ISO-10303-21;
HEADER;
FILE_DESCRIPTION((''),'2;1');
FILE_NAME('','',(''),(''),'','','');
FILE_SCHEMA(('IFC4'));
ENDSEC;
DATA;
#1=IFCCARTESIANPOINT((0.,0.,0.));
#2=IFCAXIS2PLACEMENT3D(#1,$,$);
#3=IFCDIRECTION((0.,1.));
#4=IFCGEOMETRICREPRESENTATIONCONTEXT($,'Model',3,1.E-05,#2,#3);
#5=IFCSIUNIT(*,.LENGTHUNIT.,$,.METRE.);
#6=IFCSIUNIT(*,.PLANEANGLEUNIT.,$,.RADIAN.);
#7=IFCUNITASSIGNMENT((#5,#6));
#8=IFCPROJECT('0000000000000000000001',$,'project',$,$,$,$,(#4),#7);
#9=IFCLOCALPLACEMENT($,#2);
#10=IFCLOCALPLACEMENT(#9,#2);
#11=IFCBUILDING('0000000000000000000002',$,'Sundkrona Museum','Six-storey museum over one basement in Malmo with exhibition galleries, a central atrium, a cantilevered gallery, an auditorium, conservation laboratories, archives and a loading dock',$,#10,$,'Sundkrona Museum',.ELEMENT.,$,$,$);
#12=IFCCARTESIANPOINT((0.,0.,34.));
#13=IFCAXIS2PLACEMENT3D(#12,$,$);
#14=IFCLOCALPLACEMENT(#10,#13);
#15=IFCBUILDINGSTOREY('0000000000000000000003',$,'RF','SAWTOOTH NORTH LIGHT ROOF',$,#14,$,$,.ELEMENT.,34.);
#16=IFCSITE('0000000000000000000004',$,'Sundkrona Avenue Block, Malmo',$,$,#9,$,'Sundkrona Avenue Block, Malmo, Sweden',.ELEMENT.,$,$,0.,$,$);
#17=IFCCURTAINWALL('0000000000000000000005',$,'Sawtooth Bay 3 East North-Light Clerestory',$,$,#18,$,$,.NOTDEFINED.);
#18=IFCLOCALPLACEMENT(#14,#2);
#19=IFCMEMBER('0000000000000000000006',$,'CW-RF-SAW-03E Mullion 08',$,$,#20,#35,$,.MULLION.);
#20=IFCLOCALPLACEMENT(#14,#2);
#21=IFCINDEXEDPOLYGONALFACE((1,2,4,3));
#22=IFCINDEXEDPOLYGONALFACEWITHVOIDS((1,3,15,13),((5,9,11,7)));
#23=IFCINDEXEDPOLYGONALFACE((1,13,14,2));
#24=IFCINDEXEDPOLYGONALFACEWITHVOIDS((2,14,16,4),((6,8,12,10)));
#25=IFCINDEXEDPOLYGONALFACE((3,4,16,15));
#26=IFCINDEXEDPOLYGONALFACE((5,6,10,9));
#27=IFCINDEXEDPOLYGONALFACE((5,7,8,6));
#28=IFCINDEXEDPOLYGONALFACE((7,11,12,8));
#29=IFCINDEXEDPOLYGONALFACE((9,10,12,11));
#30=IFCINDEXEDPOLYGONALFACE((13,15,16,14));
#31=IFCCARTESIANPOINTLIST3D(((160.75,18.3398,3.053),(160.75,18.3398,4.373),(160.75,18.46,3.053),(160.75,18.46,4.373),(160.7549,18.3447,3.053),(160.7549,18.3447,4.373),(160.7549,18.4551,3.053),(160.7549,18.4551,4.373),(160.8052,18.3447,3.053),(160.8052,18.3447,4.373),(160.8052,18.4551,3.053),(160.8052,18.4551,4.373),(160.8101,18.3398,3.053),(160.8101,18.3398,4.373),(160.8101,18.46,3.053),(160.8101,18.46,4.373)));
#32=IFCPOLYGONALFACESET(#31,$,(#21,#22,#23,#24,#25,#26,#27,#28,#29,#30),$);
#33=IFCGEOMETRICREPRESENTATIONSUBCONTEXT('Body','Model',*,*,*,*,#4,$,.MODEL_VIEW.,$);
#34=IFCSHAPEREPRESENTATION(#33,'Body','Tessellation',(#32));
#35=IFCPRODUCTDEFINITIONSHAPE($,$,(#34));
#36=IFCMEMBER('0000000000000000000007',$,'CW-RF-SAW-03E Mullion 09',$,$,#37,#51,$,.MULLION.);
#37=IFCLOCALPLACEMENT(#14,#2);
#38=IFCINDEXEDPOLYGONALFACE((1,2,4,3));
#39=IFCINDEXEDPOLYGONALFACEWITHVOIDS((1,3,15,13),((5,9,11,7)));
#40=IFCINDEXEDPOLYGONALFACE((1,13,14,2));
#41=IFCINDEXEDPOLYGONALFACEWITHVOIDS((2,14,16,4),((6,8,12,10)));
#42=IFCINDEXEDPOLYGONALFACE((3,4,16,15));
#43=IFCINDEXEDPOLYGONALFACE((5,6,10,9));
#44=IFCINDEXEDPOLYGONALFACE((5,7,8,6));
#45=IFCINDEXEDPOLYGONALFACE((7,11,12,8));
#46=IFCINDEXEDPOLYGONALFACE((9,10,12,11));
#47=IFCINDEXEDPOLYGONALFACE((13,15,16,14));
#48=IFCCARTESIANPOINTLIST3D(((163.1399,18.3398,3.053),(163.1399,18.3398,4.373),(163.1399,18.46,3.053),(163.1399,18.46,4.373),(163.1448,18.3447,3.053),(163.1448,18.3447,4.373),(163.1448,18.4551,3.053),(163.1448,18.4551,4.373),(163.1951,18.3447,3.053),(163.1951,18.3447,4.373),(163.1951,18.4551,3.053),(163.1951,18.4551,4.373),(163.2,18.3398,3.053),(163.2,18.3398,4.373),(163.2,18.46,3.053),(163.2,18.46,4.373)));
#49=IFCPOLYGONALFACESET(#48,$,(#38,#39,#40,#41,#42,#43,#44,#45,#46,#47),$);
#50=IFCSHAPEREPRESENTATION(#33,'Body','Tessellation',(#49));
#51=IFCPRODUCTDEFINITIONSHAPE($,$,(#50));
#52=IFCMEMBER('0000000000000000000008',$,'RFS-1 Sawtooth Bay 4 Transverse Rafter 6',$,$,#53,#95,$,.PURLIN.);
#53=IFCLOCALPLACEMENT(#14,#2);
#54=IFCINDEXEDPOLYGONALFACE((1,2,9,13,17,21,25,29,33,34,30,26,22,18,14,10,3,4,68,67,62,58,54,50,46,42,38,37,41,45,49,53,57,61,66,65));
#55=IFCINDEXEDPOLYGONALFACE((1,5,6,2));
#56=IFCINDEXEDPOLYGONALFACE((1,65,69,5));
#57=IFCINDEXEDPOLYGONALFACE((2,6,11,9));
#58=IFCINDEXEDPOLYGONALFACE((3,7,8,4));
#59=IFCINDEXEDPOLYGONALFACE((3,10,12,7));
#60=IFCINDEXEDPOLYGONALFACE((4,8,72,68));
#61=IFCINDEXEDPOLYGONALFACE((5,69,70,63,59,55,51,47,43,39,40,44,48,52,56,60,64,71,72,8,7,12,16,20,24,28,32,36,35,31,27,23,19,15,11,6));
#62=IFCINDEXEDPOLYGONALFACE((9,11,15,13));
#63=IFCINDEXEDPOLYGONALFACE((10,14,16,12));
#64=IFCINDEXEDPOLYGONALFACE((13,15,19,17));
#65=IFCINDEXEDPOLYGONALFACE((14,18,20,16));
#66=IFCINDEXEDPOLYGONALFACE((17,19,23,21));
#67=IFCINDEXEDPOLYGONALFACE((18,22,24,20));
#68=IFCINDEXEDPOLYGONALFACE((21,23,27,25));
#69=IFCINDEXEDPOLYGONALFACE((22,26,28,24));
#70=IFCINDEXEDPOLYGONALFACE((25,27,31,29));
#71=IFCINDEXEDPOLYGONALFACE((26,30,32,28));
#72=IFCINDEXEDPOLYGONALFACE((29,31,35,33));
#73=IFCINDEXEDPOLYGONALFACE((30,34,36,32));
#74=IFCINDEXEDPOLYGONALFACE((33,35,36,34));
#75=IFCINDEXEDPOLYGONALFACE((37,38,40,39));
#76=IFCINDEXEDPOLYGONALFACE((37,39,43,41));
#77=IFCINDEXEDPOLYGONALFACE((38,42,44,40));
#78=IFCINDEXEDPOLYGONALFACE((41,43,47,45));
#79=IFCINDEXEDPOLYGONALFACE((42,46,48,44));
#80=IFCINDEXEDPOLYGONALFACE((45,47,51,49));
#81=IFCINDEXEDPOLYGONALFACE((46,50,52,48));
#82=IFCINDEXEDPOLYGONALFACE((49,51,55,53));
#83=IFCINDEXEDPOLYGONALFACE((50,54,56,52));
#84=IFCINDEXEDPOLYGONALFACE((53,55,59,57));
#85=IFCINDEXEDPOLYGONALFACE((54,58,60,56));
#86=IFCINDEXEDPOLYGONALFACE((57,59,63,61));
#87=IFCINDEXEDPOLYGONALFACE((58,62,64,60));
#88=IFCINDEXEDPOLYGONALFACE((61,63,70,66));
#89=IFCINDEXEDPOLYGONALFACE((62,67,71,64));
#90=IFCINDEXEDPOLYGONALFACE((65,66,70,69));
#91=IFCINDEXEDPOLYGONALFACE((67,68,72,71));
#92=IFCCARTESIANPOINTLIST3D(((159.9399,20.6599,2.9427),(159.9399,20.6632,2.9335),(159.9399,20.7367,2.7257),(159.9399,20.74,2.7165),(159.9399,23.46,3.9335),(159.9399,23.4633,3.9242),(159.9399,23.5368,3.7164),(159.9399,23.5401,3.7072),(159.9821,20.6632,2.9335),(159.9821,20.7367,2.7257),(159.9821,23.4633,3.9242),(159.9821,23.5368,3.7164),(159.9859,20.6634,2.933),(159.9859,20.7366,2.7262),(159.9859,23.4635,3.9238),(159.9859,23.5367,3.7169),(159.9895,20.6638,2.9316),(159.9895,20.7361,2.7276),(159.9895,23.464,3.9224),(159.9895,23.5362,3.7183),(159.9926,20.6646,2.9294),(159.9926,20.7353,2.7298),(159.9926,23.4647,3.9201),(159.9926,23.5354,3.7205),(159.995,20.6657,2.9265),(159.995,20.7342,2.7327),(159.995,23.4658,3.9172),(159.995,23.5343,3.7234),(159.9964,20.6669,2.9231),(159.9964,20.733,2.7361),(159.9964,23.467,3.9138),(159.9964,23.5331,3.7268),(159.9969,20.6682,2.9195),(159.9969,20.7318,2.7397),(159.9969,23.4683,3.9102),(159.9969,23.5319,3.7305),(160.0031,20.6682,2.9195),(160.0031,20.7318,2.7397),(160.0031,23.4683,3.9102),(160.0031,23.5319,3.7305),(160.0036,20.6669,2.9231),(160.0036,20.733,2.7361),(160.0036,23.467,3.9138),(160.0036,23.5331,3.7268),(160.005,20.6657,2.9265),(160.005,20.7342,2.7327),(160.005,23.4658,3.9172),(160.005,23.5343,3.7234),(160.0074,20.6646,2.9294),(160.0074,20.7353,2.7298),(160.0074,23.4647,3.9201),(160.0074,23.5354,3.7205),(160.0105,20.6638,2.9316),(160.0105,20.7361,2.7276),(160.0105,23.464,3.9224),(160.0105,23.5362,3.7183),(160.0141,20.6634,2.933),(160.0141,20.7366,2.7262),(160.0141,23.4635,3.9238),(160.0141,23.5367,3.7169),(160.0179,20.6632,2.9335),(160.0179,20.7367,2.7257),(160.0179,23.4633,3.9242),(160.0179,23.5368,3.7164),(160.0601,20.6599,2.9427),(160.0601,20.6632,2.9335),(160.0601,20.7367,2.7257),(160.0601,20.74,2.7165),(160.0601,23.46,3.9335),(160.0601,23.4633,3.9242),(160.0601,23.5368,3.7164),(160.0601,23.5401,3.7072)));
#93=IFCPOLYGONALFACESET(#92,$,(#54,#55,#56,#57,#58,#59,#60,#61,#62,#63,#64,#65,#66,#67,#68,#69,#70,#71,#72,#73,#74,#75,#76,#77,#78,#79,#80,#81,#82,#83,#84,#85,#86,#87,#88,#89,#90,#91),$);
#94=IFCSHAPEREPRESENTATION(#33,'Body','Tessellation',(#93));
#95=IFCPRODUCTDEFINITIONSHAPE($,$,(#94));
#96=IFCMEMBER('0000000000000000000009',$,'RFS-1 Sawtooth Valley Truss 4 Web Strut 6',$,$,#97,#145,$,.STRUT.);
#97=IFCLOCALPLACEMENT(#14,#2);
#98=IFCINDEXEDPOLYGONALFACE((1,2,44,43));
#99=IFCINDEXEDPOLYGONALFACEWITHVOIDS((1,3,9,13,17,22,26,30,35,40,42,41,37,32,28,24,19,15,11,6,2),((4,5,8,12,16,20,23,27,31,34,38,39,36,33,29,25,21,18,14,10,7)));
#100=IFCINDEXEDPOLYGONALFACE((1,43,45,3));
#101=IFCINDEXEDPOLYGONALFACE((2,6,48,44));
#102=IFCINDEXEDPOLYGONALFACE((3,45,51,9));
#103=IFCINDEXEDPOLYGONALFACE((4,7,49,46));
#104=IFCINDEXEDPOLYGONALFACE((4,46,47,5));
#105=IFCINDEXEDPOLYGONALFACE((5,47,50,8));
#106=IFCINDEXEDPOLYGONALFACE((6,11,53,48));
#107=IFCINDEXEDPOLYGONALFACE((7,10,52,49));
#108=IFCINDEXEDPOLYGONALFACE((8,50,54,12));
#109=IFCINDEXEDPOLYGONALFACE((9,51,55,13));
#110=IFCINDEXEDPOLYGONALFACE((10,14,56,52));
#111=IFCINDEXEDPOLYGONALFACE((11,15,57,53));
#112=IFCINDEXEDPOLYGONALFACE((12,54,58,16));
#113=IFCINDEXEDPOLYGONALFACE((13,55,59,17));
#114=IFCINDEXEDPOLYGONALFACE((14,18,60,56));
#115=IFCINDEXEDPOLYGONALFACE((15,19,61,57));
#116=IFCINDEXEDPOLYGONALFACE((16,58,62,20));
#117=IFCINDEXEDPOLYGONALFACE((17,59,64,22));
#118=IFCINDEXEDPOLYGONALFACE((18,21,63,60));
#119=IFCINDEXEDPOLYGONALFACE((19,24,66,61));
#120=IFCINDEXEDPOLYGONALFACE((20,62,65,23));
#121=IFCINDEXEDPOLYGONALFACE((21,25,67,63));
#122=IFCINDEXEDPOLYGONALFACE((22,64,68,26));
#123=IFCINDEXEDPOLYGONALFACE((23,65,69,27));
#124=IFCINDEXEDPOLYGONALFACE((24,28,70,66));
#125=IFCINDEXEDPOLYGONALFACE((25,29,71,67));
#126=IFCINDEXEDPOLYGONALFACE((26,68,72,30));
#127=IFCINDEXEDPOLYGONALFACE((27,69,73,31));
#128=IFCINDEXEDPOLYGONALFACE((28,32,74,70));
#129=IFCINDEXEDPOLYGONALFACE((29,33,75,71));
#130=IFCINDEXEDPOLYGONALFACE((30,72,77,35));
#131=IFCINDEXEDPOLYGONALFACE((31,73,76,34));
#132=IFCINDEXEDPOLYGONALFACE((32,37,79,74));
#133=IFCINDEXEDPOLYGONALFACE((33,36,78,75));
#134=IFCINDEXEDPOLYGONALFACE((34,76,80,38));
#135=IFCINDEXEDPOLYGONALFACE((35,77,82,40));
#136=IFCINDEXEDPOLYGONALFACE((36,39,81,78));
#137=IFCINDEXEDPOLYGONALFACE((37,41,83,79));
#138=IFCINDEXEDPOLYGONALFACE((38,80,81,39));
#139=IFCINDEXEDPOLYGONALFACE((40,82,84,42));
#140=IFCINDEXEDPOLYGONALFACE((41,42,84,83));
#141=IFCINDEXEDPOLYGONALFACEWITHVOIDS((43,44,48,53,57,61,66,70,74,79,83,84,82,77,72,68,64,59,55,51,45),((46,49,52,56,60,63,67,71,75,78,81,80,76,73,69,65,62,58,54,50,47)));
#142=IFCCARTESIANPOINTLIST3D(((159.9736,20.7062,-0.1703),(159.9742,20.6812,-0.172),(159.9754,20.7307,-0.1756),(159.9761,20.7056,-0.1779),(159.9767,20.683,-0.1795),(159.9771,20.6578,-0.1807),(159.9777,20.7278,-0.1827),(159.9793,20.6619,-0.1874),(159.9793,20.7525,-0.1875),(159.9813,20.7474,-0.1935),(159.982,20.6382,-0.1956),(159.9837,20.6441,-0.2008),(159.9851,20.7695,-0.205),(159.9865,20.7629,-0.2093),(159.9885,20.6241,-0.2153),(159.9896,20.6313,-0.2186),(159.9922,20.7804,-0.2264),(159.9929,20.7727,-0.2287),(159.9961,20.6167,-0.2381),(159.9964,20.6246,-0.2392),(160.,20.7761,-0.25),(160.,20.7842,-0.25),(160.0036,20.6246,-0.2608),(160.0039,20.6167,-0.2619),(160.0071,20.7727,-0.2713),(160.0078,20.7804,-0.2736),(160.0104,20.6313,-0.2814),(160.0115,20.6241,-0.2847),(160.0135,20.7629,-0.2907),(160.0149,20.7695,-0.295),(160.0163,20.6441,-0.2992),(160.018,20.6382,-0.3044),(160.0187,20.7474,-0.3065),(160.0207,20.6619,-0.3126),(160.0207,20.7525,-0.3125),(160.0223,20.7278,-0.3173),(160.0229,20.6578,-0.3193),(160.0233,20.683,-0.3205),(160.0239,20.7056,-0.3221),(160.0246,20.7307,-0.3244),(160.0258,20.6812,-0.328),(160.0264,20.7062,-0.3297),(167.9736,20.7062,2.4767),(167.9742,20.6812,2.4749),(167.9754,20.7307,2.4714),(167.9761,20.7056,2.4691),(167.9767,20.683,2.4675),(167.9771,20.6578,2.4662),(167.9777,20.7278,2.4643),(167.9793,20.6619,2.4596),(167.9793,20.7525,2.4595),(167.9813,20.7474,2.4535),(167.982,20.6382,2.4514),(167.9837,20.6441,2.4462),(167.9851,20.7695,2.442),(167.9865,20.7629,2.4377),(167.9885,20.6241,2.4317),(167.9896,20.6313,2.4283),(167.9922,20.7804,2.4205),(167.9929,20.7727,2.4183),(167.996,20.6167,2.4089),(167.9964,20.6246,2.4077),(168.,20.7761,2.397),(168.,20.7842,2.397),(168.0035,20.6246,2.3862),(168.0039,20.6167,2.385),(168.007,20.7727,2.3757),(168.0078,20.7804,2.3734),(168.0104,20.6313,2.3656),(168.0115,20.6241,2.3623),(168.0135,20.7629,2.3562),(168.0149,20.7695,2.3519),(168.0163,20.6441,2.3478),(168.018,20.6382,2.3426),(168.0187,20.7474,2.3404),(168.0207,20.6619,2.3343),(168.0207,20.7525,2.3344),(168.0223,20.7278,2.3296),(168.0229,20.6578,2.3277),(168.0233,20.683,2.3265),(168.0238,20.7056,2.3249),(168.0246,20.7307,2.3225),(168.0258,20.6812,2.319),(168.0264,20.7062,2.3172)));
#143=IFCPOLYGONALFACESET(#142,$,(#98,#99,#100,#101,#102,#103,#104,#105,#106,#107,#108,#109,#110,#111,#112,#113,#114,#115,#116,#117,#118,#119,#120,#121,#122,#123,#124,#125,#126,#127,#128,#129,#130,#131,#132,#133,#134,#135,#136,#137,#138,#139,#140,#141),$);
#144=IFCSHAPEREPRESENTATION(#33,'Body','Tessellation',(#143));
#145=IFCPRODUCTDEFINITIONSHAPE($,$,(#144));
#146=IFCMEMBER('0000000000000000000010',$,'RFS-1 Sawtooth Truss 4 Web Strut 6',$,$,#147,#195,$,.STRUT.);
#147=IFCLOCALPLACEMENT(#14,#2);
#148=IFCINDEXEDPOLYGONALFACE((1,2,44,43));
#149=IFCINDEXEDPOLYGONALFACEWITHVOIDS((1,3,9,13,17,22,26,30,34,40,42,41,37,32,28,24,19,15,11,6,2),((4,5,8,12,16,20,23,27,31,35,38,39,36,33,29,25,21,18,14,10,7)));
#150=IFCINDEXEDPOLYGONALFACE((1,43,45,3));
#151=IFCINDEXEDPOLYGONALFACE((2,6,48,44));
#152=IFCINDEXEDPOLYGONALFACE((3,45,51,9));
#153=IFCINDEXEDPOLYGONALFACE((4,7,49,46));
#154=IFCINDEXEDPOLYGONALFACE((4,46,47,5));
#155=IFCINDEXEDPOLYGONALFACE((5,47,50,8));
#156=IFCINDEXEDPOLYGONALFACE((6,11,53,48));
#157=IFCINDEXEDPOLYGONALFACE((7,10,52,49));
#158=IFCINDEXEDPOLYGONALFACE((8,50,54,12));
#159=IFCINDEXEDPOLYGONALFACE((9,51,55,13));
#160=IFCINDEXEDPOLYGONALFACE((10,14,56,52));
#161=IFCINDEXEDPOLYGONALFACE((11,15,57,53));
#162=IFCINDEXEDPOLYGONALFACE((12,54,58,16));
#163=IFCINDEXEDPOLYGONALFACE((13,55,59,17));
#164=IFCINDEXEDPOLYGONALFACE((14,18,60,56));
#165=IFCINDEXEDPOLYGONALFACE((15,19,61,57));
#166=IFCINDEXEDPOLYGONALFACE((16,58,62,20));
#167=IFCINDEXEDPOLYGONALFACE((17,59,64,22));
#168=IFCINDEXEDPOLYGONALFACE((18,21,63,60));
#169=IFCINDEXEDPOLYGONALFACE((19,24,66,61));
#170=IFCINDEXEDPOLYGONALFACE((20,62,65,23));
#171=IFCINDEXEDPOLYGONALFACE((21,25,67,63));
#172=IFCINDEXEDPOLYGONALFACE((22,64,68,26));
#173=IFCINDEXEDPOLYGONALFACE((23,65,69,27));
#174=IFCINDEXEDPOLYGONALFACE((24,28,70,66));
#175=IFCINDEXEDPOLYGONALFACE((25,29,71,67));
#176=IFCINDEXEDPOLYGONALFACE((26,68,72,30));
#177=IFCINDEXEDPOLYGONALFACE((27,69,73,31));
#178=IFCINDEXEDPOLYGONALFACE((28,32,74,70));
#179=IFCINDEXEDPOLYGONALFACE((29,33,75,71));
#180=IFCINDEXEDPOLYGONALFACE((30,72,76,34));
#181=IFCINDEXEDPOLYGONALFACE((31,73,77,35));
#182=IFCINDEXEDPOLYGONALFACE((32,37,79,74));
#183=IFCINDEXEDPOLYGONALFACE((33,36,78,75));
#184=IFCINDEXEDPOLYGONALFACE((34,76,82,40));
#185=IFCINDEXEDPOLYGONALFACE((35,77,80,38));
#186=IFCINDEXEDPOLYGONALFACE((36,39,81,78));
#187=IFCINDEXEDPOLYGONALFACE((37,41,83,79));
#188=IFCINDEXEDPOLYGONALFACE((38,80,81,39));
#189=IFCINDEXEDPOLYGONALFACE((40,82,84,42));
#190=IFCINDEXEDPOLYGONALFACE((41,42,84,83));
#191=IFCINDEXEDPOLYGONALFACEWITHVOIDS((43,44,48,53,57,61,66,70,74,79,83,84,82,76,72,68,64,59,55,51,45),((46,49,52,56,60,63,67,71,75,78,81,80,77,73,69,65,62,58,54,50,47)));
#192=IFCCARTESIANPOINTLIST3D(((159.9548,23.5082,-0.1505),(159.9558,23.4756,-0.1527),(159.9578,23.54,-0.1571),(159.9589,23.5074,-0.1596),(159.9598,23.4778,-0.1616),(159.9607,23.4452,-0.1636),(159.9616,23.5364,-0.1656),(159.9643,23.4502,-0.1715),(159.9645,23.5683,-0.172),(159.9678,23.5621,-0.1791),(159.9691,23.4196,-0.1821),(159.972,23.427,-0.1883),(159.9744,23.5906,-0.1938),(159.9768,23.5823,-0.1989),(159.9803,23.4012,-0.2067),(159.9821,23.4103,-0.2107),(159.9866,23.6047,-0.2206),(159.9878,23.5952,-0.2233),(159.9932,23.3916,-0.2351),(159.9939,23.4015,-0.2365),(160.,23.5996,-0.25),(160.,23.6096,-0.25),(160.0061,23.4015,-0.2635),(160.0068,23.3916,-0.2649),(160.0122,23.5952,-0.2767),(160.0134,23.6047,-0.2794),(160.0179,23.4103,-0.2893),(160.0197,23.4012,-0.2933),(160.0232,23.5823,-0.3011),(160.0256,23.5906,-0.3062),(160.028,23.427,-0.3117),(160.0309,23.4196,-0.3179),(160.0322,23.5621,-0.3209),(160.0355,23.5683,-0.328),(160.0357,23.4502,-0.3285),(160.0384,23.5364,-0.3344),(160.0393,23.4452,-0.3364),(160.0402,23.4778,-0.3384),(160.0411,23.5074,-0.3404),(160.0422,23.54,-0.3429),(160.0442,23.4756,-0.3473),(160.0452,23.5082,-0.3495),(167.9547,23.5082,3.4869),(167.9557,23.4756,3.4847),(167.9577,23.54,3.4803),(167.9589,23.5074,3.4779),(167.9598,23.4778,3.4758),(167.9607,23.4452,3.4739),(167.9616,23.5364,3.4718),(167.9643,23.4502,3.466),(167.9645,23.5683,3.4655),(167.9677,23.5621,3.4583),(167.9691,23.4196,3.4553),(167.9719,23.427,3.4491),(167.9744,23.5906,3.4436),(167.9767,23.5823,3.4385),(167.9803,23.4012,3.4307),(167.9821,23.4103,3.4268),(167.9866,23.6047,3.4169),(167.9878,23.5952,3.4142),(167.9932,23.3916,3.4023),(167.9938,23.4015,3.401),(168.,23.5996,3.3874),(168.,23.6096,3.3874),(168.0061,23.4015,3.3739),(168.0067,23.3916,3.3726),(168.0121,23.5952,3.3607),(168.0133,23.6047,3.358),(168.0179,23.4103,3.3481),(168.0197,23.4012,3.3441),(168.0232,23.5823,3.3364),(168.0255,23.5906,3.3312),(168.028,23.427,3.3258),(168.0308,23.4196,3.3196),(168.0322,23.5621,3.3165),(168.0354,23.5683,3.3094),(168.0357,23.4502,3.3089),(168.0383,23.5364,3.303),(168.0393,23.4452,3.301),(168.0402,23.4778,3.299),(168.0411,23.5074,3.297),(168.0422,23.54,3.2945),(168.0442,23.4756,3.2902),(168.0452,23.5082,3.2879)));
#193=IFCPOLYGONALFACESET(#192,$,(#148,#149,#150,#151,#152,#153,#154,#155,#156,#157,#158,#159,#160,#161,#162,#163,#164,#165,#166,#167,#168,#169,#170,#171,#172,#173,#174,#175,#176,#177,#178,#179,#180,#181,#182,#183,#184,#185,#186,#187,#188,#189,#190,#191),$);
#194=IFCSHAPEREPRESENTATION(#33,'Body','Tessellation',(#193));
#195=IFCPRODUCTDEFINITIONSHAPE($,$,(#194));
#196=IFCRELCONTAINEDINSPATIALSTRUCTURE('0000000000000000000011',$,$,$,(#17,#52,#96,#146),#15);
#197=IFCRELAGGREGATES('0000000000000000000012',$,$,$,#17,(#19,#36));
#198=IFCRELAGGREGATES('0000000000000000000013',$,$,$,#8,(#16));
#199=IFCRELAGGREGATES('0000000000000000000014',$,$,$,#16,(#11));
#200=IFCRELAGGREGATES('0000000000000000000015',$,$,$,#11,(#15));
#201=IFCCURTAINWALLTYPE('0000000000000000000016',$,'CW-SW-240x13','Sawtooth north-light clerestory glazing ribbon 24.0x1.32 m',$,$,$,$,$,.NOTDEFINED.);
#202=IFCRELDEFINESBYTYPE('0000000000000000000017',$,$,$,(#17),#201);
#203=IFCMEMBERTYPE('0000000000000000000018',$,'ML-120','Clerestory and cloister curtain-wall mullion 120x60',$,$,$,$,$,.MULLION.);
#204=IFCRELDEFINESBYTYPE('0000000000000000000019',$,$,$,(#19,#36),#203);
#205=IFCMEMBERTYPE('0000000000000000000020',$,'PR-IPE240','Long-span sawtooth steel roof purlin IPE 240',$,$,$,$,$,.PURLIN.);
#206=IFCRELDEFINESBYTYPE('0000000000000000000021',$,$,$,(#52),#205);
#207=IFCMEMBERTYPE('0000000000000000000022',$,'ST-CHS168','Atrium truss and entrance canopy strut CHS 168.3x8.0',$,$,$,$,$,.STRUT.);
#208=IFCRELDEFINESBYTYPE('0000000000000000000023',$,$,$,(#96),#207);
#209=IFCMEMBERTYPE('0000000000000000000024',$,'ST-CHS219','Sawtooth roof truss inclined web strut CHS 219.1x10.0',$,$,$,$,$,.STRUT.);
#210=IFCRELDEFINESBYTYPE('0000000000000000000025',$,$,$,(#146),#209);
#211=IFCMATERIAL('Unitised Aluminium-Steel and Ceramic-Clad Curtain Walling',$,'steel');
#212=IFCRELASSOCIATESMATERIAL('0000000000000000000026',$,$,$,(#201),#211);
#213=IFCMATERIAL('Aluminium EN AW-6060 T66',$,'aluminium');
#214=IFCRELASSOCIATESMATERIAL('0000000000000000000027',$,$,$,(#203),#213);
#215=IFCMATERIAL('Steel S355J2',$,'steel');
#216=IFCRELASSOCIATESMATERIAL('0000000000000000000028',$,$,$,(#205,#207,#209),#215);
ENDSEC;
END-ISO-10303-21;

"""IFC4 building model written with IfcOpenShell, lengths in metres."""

from ifc_helpers import new_model, si_unit, direction, frame, origin, origin_2d, place, context, subcontext, project, spatial, hollow_rectangle, hollow_circle, i_section, extrude, material, material_profile, profile_set, type_object, element, aggregate, save


model = new_model("IFC4")

# Units and contexts
model_context = context("Model", 3, precision=1e-05, world=origin(), true_north=direction((0.0, 1.0)))
body_context = subcontext(model_context, "Body", "Model", "MODEL_VIEW")
ifc_project = project(units=[si_unit("LENGTHUNIT", "METRE"), si_unit("PLANEANGLEUNIT", "RADIAN")], contexts=[model_context])

# Site, building, storey
site_placement = place(None, origin())
site = spatial("IfcSite", under=ifc_project, at=site_placement, Name="Sundkrona Avenue Block, Malmo", LongName="Sundkrona Avenue Block, Malmo, Sweden", CompositionType="ELEMENT", RefElevation=0.0)
building_placement = place(site_placement, origin())
building = spatial("IfcBuilding", under=site, at=building_placement, Name="Sundkrona Museum", Description="Six-storey museum over one basement in Malmo with exhibition galleries, a central atrium, a cantilevered gallery, an auditorium, conservation laboratories, archives and a loading dock", LongName="Sundkrona Museum", CompositionType="ELEMENT")
storey_placement = place(building_placement, frame((0.0, 0.0, 34.0)))
storey = spatial("IfcBuildingStorey", under=building, at=storey_placement, Name="RF", Description="SAWTOOTH NORTH LIGHT ROOF", CompositionType="ELEMENT", Elevation=34.0)

# Curtain wall, members
ifc_material_1 = material(Name="Unitised Aluminium-Steel and Ceramic-Clad Curtain Walling", Category="steel")
curtain_wall_type = type_object("IfcCurtainWallType", Name="CW-SW-240x13", Description="Sawtooth north-light clerestory glazing ribbon 24.0x1.32 m", PredefinedType="NOTDEFINED", material=ifc_material_1)
curtain_wall_placement = place(storey_placement, origin())
curtain_wall = element("IfcCurtainWall", 1, at=curtain_wall_placement, inside=storey, type_object=curtain_wall_type, Name="Sawtooth Bay 3 East North-Light Clerestory", PredefinedType="NOTDEFINED")
ifc_material_2 = material(Name="Aluminium EN AW-6060 T66", Category="aluminium")
ifc_material_profile_1 = material_profile(ifc_material_2, hollow_rectangle(XDim=0.0601, YDim=0.1201, WallThickness=0.0049, at=origin_2d()), Name="RHS 120x60x5.0")
ifc_profile_set_1 = profile_set([ifc_material_profile_1], Name="Aluminium EN AW-6060 T66")
member_type_1 = type_object("IfcMemberType", Name="ML-120", Description="Clerestory and cloister curtain-wall mullion 120x60", PredefinedType="MULLION", material=ifc_profile_set_1)
member_1_placement = place(storey_placement, frame((160.78, 18.3999, 3.053), z_axis=(0.0, 0.0, 1.0), x_axis=(1.0, 0.0, 0.0)))
member_1 = element("IfcMember", 2, at=member_1_placement, type_object=member_type_1, Name="CW-RF-SAW-03E Mullion 08", PredefinedType="MULLION", context=body_context, shape_type="SweptSolid", body=[
    extrude(hollow_rectangle(XDim=0.0601, YDim=0.1201, WallThickness=0.0049, at=origin_2d()), origin(), (0.0, 0.0, 1.0), 1.3201),
])
member_2_placement = place(storey_placement, frame((163.1699, 18.3999, 3.053), z_axis=(0.0, 0.0, 1.0), x_axis=(1.0, 0.0, 0.0)))
member_2 = element("IfcMember", 3, at=member_2_placement, type_object=member_type_1, Name="CW-RF-SAW-03E Mullion 09", PredefinedType="MULLION", context=body_context, shape_type="SweptSolid", body=[
    extrude(hollow_rectangle(XDim=0.0601, YDim=0.1201, WallThickness=0.0049, at=origin_2d()), origin(), (0.0, 0.0, 1.0), 1.3201),
])

# Members
ifc_material_3 = material(Name="Steel S355J2", Category="steel")
ifc_material_profile_2 = material_profile(ifc_material_3, i_section(OverallWidth=0.1201, OverallDepth=0.24, WebThickness=0.0061, FlangeThickness=0.0098, FilletRadius=0.0149, at=origin_2d()), Name="IPE 240")
ifc_profile_set_2 = profile_set([ifc_material_profile_2], Name="Steel S355J2")
member_type_2 = type_object("IfcMemberType", Name="PR-IPE240", Description="Long-span sawtooth steel roof purlin IPE 240", PredefinedType="PURLIN", material=ifc_profile_set_2)
member_3_placement = place(storey_placement, frame((160.0, 20.7, 2.8296), z_axis=(0.0, 0.942729, 0.33356), x_axis=(-1.0, 0.0, 0.0)))
element("IfcMember", 4, at=member_3_placement, inside=storey, type_object=member_type_2, Name="RFS-1 Sawtooth Bay 4 Transverse Rafter 6", PredefinedType="PURLIN", context=body_context, shape_type="SweptSolid", body=[
    extrude(i_section(OverallWidth=0.1201, OverallDepth=0.24, WebThickness=0.0061, FlangeThickness=0.0098, FilletRadius=0.0149, at=origin_2d()), origin(), (0.0, 0.0, 1.0), 2.9702),
])
ifc_material_profile_3 = material_profile(ifc_material_3, hollow_circle(Radius=0.0842, WallThickness=0.0081, at=origin_2d()), Name="CHS 168.3x8.0")
ifc_profile_set_3 = profile_set([ifc_material_profile_3], Name="Steel S355J2")
member_type_3 = type_object("IfcMemberType", Name="ST-CHS168", Description="Atrium truss and entrance canopy strut CHS 168.3x8.0", PredefinedType="STRUT", material=ifc_profile_set_3)
member_4_placement = place(storey_placement, frame((160.0, 20.7, -0.25), z_axis=(0.949382, 0.0, 0.314124), x_axis=(0.0, 1.0, 0.0)))
element("IfcMember", 5, at=member_4_placement, inside=storey, type_object=member_type_3, Name="RFS-1 Sawtooth Valley Truss 4 Web Strut 6", PredefinedType="STRUT", context=body_context, shape_type="SweptSolid", body=[
    extrude(hollow_circle(Radius=0.0842, WallThickness=0.0081, at=origin_2d()), origin(), (0.0, 0.0, 1.0), 8.4265),
])
ifc_material_profile_4 = material_profile(ifc_material_3, hollow_circle(Radius=0.1096, WallThickness=0.01, at=origin_2d()), Name="CHS 219.1x10.0")
ifc_profile_set_4 = profile_set([ifc_material_profile_4], Name="Steel S355J2")
member_type_4 = type_object("IfcMemberType", Name="ST-CHS219", Description="Sawtooth roof truss inclined web strut CHS 219.1x10.0", PredefinedType="STRUT", material=ifc_profile_set_4)
member_5_placement = place(storey_placement, frame((160.0, 23.5, -0.25), z_axis=(0.91032, 0.0, 0.413906), x_axis=(0.0, 1.0, 0.0)))
element("IfcMember", 6, at=member_5_placement, inside=storey, type_object=member_type_4, Name="RFS-1 Sawtooth Truss 4 Web Strut 6", PredefinedType="STRUT", context=body_context, shape_type="SweptSolid", body=[
    extrude(hollow_circle(Radius=0.1096, WallThickness=0.01, at=origin_2d()), origin(), (0.0, 0.0, 1.0), 8.7881),
])

aggregate(curtain_wall, [member_1, member_2])

save(model, "model.ifc")
